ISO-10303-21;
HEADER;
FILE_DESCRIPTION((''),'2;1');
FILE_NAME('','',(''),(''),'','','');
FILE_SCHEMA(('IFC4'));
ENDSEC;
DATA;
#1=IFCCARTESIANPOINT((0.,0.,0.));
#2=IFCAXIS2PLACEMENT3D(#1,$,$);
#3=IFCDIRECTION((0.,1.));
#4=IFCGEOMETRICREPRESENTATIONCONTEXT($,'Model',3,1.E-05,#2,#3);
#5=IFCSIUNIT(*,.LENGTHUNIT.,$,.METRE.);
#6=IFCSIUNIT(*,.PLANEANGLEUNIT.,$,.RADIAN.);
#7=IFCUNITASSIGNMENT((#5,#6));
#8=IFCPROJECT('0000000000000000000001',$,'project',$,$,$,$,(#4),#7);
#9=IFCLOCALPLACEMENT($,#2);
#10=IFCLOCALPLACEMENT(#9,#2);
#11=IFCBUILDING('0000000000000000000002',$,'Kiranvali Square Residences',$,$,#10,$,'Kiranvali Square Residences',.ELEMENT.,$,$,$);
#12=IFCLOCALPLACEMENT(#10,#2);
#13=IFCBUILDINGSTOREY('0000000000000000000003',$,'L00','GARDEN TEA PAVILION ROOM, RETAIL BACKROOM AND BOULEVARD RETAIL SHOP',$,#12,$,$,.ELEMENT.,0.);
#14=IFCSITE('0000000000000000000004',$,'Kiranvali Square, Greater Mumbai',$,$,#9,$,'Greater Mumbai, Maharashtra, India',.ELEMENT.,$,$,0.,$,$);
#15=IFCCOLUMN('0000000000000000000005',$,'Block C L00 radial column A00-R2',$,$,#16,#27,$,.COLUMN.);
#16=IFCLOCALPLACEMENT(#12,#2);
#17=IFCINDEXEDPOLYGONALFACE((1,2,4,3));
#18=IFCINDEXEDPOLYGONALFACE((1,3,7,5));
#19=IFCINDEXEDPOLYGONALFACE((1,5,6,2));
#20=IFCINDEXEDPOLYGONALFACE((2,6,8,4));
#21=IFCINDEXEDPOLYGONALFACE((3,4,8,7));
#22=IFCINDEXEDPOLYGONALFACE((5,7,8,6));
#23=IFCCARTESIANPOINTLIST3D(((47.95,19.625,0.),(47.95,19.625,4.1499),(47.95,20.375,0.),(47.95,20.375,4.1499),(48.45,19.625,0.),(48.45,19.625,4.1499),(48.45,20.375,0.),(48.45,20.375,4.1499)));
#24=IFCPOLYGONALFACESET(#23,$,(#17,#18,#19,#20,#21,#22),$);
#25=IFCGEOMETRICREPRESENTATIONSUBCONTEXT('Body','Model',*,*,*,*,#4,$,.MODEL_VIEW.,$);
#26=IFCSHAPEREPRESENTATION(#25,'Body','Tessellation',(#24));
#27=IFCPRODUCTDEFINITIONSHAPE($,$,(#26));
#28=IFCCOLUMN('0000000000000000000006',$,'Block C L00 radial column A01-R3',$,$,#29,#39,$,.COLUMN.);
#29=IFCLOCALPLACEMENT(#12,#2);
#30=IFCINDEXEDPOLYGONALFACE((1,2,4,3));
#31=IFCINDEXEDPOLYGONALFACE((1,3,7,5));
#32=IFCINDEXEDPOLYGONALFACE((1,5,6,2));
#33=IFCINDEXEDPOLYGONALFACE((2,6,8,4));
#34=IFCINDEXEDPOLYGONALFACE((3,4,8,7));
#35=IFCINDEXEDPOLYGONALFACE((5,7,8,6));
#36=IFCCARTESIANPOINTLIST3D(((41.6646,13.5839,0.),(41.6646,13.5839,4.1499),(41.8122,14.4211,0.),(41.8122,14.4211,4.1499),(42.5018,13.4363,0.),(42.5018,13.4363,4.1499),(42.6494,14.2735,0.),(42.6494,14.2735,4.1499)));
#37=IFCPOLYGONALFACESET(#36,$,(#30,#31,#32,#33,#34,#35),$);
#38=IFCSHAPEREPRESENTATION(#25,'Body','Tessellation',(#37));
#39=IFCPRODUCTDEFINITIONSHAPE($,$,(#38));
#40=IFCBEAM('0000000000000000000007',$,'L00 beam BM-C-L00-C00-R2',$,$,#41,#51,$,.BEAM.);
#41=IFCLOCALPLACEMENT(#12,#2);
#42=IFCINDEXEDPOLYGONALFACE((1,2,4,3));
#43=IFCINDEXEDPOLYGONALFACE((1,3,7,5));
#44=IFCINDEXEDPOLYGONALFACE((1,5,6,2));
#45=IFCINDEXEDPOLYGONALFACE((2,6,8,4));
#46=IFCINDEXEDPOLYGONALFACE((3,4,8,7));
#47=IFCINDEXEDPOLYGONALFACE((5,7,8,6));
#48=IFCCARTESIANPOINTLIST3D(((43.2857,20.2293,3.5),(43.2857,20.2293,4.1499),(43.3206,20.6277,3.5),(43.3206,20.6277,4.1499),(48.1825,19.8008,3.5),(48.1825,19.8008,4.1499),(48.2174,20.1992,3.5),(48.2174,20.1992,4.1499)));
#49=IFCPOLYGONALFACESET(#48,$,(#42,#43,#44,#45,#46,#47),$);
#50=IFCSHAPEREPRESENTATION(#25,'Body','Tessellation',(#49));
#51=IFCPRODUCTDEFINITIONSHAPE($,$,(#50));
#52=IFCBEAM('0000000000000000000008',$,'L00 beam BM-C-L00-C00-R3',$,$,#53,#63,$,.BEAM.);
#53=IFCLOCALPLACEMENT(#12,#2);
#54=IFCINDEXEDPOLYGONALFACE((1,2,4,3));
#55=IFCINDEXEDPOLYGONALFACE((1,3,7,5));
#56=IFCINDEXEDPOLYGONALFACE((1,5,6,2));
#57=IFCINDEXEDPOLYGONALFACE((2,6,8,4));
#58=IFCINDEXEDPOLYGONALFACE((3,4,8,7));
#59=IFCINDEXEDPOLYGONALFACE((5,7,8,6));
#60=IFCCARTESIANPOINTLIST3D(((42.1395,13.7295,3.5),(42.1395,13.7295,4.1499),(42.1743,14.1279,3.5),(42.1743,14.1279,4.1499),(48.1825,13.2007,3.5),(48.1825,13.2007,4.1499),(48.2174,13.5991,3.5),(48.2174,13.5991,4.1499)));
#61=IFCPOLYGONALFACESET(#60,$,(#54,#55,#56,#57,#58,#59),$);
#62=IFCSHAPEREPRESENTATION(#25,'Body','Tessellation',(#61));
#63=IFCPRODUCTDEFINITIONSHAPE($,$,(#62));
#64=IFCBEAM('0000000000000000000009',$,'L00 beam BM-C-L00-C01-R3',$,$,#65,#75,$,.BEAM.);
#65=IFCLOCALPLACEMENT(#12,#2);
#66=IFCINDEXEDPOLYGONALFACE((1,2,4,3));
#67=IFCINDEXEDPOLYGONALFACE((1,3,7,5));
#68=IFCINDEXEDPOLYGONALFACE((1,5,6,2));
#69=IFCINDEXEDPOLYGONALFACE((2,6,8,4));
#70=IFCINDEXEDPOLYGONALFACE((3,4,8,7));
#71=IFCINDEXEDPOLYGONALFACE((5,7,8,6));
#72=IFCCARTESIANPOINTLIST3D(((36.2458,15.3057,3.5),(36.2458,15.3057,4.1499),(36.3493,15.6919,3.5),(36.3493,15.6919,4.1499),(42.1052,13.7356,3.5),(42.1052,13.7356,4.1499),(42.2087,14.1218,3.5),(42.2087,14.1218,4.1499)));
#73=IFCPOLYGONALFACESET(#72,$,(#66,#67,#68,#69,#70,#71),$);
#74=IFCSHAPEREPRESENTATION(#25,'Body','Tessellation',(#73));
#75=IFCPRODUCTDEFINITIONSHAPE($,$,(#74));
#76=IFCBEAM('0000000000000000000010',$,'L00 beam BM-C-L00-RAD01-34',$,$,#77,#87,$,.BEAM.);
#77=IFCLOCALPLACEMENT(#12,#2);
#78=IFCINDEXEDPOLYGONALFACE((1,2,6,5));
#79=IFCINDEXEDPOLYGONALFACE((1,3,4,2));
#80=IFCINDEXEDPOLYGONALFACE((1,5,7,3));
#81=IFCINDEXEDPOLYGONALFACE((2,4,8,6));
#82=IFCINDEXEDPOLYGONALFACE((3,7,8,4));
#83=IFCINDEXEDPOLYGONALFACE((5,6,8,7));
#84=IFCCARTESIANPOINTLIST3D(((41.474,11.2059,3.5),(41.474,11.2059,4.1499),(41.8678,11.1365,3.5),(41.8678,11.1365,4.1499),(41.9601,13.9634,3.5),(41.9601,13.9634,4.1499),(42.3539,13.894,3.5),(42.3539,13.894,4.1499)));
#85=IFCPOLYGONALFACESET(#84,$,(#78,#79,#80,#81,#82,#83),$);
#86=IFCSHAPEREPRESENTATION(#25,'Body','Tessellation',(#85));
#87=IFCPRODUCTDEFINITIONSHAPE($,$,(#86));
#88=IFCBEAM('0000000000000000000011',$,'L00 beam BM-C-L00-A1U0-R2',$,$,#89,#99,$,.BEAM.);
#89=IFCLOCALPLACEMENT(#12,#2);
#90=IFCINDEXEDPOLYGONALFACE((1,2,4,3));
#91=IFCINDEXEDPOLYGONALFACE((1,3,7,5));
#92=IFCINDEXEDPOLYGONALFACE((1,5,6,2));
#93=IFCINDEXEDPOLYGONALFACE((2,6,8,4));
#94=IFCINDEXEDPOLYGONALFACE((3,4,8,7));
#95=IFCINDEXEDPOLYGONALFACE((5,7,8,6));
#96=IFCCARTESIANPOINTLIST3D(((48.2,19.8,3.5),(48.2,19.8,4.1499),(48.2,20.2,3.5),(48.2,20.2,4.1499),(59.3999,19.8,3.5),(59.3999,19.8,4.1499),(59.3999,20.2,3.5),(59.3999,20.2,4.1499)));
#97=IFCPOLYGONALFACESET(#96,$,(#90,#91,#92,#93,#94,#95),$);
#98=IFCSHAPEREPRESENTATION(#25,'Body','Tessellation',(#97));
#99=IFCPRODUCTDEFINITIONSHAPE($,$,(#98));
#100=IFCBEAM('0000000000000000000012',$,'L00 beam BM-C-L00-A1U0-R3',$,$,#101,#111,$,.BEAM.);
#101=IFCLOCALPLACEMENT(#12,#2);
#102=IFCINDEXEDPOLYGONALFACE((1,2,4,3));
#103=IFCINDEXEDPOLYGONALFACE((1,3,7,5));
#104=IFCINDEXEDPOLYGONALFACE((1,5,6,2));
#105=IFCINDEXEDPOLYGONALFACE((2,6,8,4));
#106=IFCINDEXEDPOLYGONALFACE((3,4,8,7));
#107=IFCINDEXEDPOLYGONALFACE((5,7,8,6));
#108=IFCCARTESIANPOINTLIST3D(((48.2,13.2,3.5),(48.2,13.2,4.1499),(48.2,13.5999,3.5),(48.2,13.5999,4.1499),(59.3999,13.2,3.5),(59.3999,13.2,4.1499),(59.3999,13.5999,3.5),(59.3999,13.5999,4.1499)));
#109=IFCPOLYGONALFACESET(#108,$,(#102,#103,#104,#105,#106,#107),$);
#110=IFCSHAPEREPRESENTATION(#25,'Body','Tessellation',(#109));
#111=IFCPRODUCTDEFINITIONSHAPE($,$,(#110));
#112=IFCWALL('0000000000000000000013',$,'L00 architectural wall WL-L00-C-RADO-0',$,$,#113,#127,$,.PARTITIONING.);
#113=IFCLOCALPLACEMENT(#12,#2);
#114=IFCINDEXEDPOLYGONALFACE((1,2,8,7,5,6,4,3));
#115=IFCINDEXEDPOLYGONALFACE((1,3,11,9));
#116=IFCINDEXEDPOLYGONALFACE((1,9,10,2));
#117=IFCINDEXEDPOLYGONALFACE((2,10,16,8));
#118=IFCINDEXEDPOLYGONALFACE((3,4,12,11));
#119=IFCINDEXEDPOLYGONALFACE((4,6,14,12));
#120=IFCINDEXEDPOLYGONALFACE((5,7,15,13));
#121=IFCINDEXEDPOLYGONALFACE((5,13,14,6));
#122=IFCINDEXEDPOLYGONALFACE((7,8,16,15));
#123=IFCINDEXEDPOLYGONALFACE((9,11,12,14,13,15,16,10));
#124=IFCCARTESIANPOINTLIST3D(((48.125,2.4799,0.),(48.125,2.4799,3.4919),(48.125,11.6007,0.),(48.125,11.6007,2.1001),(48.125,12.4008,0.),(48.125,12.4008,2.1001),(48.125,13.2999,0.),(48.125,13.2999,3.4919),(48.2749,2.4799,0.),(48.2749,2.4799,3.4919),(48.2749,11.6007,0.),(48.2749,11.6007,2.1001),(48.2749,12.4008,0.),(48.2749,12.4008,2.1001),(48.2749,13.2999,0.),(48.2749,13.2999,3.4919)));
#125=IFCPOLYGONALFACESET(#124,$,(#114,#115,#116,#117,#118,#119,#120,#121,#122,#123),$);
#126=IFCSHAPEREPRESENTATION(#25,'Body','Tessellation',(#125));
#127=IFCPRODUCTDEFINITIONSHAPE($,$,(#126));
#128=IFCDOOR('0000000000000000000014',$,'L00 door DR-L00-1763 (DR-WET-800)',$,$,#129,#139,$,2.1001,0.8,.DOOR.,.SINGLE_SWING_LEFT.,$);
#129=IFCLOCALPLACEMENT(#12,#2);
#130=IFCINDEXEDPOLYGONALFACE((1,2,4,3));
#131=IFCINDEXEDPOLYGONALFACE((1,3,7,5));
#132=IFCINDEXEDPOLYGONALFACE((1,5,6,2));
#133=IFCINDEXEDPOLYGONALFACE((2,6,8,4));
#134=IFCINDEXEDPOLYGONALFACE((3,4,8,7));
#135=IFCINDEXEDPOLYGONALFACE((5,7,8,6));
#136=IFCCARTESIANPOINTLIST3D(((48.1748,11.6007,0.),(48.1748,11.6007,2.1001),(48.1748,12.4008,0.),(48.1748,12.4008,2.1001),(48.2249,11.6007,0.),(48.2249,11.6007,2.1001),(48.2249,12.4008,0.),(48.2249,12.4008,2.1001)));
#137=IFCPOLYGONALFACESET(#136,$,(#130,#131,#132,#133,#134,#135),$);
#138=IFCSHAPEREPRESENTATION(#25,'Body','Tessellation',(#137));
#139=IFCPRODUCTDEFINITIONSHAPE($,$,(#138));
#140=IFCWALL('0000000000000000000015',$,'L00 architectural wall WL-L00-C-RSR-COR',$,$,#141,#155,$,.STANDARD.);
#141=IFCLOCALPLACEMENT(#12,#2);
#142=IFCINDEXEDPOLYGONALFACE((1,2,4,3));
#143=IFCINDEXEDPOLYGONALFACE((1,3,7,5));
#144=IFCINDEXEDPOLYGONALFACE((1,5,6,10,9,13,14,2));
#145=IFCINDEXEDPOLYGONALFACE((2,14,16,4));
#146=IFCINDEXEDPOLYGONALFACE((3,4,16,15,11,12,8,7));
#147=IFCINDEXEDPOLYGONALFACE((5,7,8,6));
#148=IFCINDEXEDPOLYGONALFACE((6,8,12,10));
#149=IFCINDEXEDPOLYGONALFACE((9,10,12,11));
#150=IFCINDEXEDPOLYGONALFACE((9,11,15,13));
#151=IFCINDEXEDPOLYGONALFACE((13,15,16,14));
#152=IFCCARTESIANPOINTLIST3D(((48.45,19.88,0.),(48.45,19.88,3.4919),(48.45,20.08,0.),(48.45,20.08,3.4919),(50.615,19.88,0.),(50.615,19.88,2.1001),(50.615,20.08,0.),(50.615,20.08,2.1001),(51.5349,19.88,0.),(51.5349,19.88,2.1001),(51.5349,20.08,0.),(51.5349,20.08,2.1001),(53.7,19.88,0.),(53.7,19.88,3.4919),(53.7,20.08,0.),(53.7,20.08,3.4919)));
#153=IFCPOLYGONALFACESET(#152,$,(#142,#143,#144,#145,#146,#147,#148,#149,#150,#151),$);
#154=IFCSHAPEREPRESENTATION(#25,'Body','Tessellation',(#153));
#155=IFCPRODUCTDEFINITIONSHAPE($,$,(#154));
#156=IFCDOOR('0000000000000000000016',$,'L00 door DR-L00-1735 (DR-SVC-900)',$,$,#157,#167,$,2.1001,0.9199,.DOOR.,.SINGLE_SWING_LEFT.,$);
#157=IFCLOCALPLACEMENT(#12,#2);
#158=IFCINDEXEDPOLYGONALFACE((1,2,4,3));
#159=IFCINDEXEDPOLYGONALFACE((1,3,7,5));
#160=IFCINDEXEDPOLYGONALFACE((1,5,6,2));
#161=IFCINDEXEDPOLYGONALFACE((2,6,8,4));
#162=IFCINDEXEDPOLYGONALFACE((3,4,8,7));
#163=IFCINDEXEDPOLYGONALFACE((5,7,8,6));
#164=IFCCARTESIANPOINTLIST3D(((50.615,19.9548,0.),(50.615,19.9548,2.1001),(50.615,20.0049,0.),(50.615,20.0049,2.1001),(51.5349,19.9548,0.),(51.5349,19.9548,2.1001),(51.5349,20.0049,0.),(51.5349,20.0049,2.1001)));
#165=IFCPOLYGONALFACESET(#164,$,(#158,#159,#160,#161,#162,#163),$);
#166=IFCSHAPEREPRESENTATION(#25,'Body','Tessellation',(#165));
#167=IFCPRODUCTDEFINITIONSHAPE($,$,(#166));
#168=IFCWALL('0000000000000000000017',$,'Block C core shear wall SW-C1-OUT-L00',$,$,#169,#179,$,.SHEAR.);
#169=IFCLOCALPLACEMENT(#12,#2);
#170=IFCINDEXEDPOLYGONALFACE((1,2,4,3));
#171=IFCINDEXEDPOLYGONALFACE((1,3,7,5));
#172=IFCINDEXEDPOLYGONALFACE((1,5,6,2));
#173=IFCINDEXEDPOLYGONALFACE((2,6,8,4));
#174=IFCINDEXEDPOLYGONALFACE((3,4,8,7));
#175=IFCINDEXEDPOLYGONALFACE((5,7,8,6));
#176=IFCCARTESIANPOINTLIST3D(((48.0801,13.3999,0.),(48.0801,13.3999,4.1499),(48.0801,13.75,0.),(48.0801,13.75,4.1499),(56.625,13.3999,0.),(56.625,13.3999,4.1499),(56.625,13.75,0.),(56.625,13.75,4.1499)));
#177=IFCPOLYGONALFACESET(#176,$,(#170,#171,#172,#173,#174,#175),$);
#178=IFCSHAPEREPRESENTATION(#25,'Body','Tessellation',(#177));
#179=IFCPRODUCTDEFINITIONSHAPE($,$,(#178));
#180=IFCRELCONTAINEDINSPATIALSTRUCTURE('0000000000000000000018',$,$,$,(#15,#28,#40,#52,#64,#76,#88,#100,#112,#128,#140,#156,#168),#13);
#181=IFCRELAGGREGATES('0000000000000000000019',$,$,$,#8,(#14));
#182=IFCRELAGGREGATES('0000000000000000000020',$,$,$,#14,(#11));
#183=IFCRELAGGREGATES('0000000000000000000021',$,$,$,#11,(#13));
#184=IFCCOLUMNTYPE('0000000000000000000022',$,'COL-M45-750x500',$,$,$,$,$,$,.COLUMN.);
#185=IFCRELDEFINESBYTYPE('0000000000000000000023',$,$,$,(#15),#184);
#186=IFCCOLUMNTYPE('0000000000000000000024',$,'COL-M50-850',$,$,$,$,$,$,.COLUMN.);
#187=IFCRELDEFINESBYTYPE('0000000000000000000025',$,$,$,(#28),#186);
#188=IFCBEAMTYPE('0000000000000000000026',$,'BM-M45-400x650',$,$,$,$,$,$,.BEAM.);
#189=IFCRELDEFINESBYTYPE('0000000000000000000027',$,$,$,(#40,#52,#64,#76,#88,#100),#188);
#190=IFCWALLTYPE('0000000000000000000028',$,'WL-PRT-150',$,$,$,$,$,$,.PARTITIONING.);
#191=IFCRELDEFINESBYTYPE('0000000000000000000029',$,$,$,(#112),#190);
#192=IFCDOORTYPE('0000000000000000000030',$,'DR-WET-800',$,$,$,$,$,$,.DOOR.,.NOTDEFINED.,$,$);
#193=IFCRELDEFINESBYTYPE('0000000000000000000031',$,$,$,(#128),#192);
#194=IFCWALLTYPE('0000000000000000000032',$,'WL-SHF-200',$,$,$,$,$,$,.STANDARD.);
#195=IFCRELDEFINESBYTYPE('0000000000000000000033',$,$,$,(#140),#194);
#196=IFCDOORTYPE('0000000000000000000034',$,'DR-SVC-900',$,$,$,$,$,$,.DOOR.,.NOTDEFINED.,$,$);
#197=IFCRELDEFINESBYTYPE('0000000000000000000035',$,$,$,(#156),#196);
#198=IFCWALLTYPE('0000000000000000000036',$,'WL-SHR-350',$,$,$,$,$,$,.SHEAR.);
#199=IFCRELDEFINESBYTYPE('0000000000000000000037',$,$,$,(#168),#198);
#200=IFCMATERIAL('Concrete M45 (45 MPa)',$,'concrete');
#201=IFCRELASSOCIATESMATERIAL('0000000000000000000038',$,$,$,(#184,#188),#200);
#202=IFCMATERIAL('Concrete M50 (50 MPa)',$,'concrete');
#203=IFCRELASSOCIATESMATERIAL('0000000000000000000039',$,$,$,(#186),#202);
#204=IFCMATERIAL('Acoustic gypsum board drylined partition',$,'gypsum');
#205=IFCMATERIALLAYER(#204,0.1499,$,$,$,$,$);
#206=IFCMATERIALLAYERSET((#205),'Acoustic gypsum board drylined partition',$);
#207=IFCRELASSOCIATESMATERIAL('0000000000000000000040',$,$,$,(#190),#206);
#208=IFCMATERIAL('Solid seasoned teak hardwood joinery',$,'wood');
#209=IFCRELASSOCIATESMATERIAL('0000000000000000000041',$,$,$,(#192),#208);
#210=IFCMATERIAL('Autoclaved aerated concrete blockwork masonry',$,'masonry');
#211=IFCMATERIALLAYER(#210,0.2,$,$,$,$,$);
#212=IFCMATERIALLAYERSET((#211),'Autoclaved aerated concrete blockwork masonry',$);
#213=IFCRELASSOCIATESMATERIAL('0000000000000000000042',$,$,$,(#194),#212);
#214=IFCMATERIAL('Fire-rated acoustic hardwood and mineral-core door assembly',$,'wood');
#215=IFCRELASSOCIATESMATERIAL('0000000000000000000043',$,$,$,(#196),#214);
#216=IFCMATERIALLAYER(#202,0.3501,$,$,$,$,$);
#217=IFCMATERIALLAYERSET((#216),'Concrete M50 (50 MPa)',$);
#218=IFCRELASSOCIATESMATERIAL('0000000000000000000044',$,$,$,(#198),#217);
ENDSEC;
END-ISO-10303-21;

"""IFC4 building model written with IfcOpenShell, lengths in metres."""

from ifc_helpers import new_model, si_unit, direction, frame, frame_2d, origin, origin_2d, place, context, subcontext, project, spatial, rectangle, extrude, material, layer, layer_set, material_profile, profile_set, type_object, element, fill, save


model = new_model("IFC4")

# Units and contexts
model_context = context("Model", 3, precision=1e-05, world=origin(), true_north=direction((0.0, 1.0)))
body_context = subcontext(model_context, "Body", "Model", "MODEL_VIEW")
ifc_project = project(units=[si_unit("LENGTHUNIT", "METRE"), si_unit("PLANEANGLEUNIT", "RADIAN")], contexts=[model_context])

# Site, building, storey
site_placement = place(None, origin())
site = spatial("IfcSite", under=ifc_project, at=site_placement, Name="Kiranvali Square, Greater Mumbai", LongName="Greater Mumbai, Maharashtra, India", CompositionType="ELEMENT", RefElevation=0.0)
building_placement = place(site_placement, origin())
building = spatial("IfcBuilding", under=site, at=building_placement, Name="Kiranvali Square Residences", LongName="Kiranvali Square Residences", CompositionType="ELEMENT")
storey_placement = place(building_placement, origin())
storey = spatial("IfcBuildingStorey", under=building, at=storey_placement, Name="L00", Description="GARDEN TEA PAVILION ROOM, RETAIL BACKROOM AND BOULEVARD RETAIL SHOP", CompositionType="ELEMENT", Elevation=0.0)

# Columns
ifc_material_1 = material(Name="Concrete M45 (45 MPa)", Category="concrete")
ifc_material_profile_1 = material_profile(ifc_material_1, rectangle(XDim=0.5, YDim=0.75, at=origin_2d()), Name="RC 750x500")
ifc_profile_set_1 = profile_set([ifc_material_profile_1], Name="Concrete M45 (45 MPa)")
column_type_1 = type_object("IfcColumnType", Name="COL-M45-750x500", PredefinedType="COLUMN", material=ifc_profile_set_1)
column_1_placement = place(storey_placement, frame((48.2, 20.0, 0.0), z_axis=(0.0, 0.0, 1.0), x_axis=(1.0, 0.0, 0.0)))
element("IfcColumn", 1, at=column_1_placement, inside=storey, type_object=column_type_1, Name="Block C L00 radial column A00-R2", PredefinedType="COLUMN", context=body_context, shape_type="SweptSolid", body=[
    extrude(rectangle(XDim=0.5, YDim=0.75, at=origin_2d()), origin(), (0.0, 0.0, 1.0), 4.1499),
])
ifc_material_2 = material(Name="Concrete M50 (50 MPa)", Category="concrete")
ifc_material_profile_2 = material_profile(ifc_material_2, rectangle(XDim=0.8501, YDim=0.8501, at=origin_2d()), Name="RC 850x850")
ifc_profile_set_2 = profile_set([ifc_material_profile_2], Name="Concrete M50 (50 MPa)")
column_type_2 = type_object("IfcColumnType", Name="COL-M50-850", PredefinedType="COLUMN", material=ifc_profile_set_2)
column_2_placement = place(storey_placement, frame((42.157, 13.9287, 0.0), z_axis=(0.0, 0.0, 1.0), x_axis=(-0.984808, 0.173648, 0.0)))
element("IfcColumn", 2, at=column_2_placement, inside=storey, type_object=column_type_2, Name="Block C L00 radial column A01-R3", PredefinedType="COLUMN", context=body_context, shape_type="SweptSolid", body=[
    extrude(rectangle(XDim=0.8501, YDim=0.8501, at=origin_2d()), origin(), (0.0, 0.0, 1.0), 4.1499),
])

# Beams
ifc_material_profile_3 = material_profile(ifc_material_1, rectangle(XDim=0.3999, YDim=0.6499, at=origin_2d()), Name="RC 400x650")
ifc_profile_set_3 = profile_set([ifc_material_profile_3], Name="Concrete M45 (45 MPa)")
beam_type = type_object("IfcBeamType", Name="BM-M45-400x650", PredefinedType="BEAM", material=ifc_profile_set_3)
beam_1_placement = place(storey_placement, frame((48.2, 20.0, 3.825), z_axis=(-0.996194, 0.087168, 0.0), x_axis=(-0.087168, -0.996194, 0.0)))
element("IfcBeam", 3, at=beam_1_placement, inside=storey, type_object=beam_type, Name="L00 beam BM-C-L00-C00-R2", PredefinedType="BEAM", context=body_context, shape_type="SweptSolid", body=[
    extrude(rectangle(XDim=0.3999, YDim=0.6499, at=origin_2d()), origin(), (0.0, 0.0, 1.0), 4.9155),
])
for number, where, z_axis, x_axis, name in (
    (4, (48.2, 13.3999, 3.825), (-0.996193, 0.087175, 0.0), (-0.087175, -0.996193, 0.0), "L00 beam BM-C-L00-C00-R3"),
    (5, (42.157, 13.9287, 3.825), (-0.965924, 0.258827, 0.0), (-0.258827, -0.965924, 0.0), "L00 beam BM-C-L00-C01-R3"),
):
    element("IfcBeam", number, at=place(storey_placement, frame(where, z_axis=z_axis, x_axis=x_axis)), inside=storey, type_object=beam_type, Name=name, PredefinedType="BEAM", context=body_context, shape_type="SweptSolid", body=[
        extrude(rectangle(XDim=0.3999, YDim=0.6499, at=origin_2d()), origin(), (0.0, 0.0, 1.0), 6.0662),
    ])
beam_2_placement = place(storey_placement, frame((42.157, 13.9287, 3.825), z_axis=(-0.173596, -0.984817, 0.0), x_axis=(0.984817, -0.173596, 0.0)))
element("IfcBeam", 6, at=beam_2_placement, inside=storey, type_object=beam_type, Name="L00 beam BM-C-L00-RAD01-34", PredefinedType="BEAM", context=body_context, shape_type="SweptSolid", body=[
    extrude(rectangle(XDim=0.3999, YDim=0.6499, at=origin_2d()), origin(), (0.0, 0.0, 1.0), 2.8),
])
for number, where, z_axis, x_axis, name in (
    (7, (48.2, 20.0, 3.825), (1.0, 0.0, 0.0), (0.0, 1.0, 0.0), "L00 beam BM-C-L00-A1U0-R2"),
    (8, (48.2, 13.3999, 3.825), (1.0, 0.0, 0.0), (0.0, 1.0, 0.0), "L00 beam BM-C-L00-A1U0-R3"),
):
    element("IfcBeam", number, at=place(storey_placement, frame(where, z_axis=z_axis, x_axis=x_axis)), inside=storey, type_object=beam_type, Name=name, PredefinedType="BEAM", context=body_context, shape_type="SweptSolid", body=[
        extrude(rectangle(XDim=0.3999, YDim=0.6499, at=origin_2d()), origin(), (0.0, 0.0, 1.0), 11.2),
    ])

# Walls, openings, doors
ifc_material_3 = material(Name="Autoclaved aerated concrete blockwork masonry", Category="masonry")
ifc_material_4 = material(Name="Fire-rated acoustic hardwood and mineral-core door assembly", Category="wood")
ifc_material_5 = material(Name="Acoustic gypsum board drylined partition", Category="gypsum")
ifc_layer_1 = layer(ifc_material_5, 0.1499)
ifc_layer_set_1 = layer_set([ifc_layer_1], Name="Acoustic gypsum board drylined partition")
wall_type_1 = type_object("IfcWallType", Name="WL-PRT-150", PredefinedType="PARTITIONING", material=ifc_layer_set_1)
wall_1_placement = place(storey_placement, frame((48.2, 13.3, 0.0), z_axis=(0.0, 0.0, 1.0), x_axis=(0.0, -1.0, 0.0)))
wall_1 = element("IfcWall", 9, at=wall_1_placement, inside=storey, type_object=wall_type_1, Name="L00 architectural wall WL-L00-C-RADO-0", PredefinedType="PARTITIONING", context=body_context, shape_type="SweptSolid", body=[
    extrude(rectangle(XDim=10.8201, YDim=0.1499, at=frame_2d((5.4102, 0.0))), origin(), (0.0, 0.0, 1.0), 3.4919),
])
opening_1_placement = place(wall_1_placement, frame((0.8994, 0.0, 0.0)))
opening_1 = element("IfcOpeningElement", 10, at=opening_1_placement, cuts=wall_1, PredefinedType="OPENING", context=body_context, shape_type="SweptSolid", body=[
    extrude(rectangle(XDim=0.8, YDim=2.1001, at=frame_2d((0.3999, 1.05))), frame((0.0, 0.085, 0.0), z_axis=(0.0, -1.0, 0.0), x_axis=(1.0, 0.0, 0.0)), (0.0, 0.0, 1.0), 0.1699),
])
ifc_material_6 = material(Name="Solid seasoned teak hardwood joinery", Category="wood")
door_type_1 = type_object("IfcDoorType", Name="DR-WET-800", OperationType="NOTDEFINED", PredefinedType="DOOR", material=ifc_material_6)
door_1_placement = place(opening_1_placement, origin())
door_1 = element("IfcDoor", 11, at=door_1_placement, inside=storey, type_object=door_type_1, Name="L00 door DR-L00-1763 (DR-WET-800)", OperationType="SINGLE_SWING_LEFT", OverallHeight=2.1001, OverallWidth=0.8, PredefinedType="DOOR", context=body_context, shape_type="SweptSolid", body=[
    extrude(rectangle(XDim=0.8, YDim=2.1001, at=frame_2d((0.3999, 1.05))), frame((0.0, 0.0249, 0.0), z_axis=(0.0, -1.0, 0.0), x_axis=(1.0, 0.0, 0.0)), (0.0, 0.0, 1.0), 0.05),
])
fill(opening_1, door_1)
ifc_layer_2 = layer(ifc_material_3, 0.2)
ifc_layer_set_2 = layer_set([ifc_layer_2], Name="Autoclaved aerated concrete blockwork masonry")
wall_type_2 = type_object("IfcWallType", Name="WL-SHF-200", PredefinedType="STANDARD", material=ifc_layer_set_2)
wall_2_placement = place(storey_placement, frame((48.45, 19.98, 0.0), z_axis=(0.0, 0.0, 1.0), x_axis=(1.0, 0.0, 0.0)))
wall_2 = element("IfcWall", 12, at=wall_2_placement, inside=storey, type_object=wall_type_2, Name="L00 architectural wall WL-L00-C-RSR-COR", PredefinedType="STANDARD", context=body_context, shape_type="SweptSolid", body=[
    extrude(rectangle(XDim=5.25, YDim=0.2, at=frame_2d((2.625, 0.0))), origin(), (0.0, 0.0, 1.0), 3.4919),
])
opening_2_placement = place(wall_2_placement, frame((2.165, 0.0, 0.0)))
opening_2 = element("IfcOpeningElement", 13, at=opening_2_placement, cuts=wall_2, PredefinedType="OPENING", context=body_context, shape_type="SweptSolid", body=[
    extrude(rectangle(XDim=0.9199, YDim=2.1001, at=frame_2d((0.46, 1.05))), frame((0.0, 0.1099, 0.0), z_axis=(0.0, -1.0, 0.0), x_axis=(1.0, 0.0, 0.0)), (0.0, 0.0, 1.0), 0.22),
])
door_type_2 = type_object("IfcDoorType", Name="DR-SVC-900", OperationType="NOTDEFINED", PredefinedType="DOOR", material=ifc_material_4)
door_2_placement = place(opening_2_placement, origin())
door_2 = element("IfcDoor", 14, at=door_2_placement, inside=storey, type_object=door_type_2, Name="L00 door DR-L00-1735 (DR-SVC-900)", OperationType="SINGLE_SWING_LEFT", OverallHeight=2.1001, OverallWidth=0.9199, PredefinedType="DOOR", context=body_context, shape_type="SweptSolid", body=[
    extrude(rectangle(XDim=0.9199, YDim=2.1001, at=frame_2d((0.46, 1.05))), frame((0.0, 0.0249, 0.0), z_axis=(0.0, -1.0, 0.0), x_axis=(1.0, 0.0, 0.0)), (0.0, 0.0, 1.0), 0.05),
])
fill(opening_2, door_2)

# Wall
ifc_layer_3 = layer(ifc_material_2, 0.3501)
ifc_layer_set_3 = layer_set([ifc_layer_3], Name="Concrete M50 (50 MPa)")
wall_type_3 = type_object("IfcWallType", Name="WL-SHR-350", PredefinedType="SHEAR", material=ifc_layer_set_3)
wall_3_placement = place(storey_placement, frame((48.0801, 13.575, 0.0), z_axis=(0.0, 0.0, 1.0), x_axis=(1.0, 0.0, 0.0)))
element("IfcWall", 15, at=wall_3_placement, inside=storey, type_object=wall_type_3, Name="Block C core shear wall SW-C1-OUT-L00", PredefinedType="SHEAR", context=body_context, shape_type="SweptSolid", body=[
    extrude(rectangle(XDim=8.5449, YDim=0.3501, at=frame_2d((4.2725, 0.0))), origin(), (0.0, 0.0, 1.0), 4.1499),
])

save(model, "model.ifc")
